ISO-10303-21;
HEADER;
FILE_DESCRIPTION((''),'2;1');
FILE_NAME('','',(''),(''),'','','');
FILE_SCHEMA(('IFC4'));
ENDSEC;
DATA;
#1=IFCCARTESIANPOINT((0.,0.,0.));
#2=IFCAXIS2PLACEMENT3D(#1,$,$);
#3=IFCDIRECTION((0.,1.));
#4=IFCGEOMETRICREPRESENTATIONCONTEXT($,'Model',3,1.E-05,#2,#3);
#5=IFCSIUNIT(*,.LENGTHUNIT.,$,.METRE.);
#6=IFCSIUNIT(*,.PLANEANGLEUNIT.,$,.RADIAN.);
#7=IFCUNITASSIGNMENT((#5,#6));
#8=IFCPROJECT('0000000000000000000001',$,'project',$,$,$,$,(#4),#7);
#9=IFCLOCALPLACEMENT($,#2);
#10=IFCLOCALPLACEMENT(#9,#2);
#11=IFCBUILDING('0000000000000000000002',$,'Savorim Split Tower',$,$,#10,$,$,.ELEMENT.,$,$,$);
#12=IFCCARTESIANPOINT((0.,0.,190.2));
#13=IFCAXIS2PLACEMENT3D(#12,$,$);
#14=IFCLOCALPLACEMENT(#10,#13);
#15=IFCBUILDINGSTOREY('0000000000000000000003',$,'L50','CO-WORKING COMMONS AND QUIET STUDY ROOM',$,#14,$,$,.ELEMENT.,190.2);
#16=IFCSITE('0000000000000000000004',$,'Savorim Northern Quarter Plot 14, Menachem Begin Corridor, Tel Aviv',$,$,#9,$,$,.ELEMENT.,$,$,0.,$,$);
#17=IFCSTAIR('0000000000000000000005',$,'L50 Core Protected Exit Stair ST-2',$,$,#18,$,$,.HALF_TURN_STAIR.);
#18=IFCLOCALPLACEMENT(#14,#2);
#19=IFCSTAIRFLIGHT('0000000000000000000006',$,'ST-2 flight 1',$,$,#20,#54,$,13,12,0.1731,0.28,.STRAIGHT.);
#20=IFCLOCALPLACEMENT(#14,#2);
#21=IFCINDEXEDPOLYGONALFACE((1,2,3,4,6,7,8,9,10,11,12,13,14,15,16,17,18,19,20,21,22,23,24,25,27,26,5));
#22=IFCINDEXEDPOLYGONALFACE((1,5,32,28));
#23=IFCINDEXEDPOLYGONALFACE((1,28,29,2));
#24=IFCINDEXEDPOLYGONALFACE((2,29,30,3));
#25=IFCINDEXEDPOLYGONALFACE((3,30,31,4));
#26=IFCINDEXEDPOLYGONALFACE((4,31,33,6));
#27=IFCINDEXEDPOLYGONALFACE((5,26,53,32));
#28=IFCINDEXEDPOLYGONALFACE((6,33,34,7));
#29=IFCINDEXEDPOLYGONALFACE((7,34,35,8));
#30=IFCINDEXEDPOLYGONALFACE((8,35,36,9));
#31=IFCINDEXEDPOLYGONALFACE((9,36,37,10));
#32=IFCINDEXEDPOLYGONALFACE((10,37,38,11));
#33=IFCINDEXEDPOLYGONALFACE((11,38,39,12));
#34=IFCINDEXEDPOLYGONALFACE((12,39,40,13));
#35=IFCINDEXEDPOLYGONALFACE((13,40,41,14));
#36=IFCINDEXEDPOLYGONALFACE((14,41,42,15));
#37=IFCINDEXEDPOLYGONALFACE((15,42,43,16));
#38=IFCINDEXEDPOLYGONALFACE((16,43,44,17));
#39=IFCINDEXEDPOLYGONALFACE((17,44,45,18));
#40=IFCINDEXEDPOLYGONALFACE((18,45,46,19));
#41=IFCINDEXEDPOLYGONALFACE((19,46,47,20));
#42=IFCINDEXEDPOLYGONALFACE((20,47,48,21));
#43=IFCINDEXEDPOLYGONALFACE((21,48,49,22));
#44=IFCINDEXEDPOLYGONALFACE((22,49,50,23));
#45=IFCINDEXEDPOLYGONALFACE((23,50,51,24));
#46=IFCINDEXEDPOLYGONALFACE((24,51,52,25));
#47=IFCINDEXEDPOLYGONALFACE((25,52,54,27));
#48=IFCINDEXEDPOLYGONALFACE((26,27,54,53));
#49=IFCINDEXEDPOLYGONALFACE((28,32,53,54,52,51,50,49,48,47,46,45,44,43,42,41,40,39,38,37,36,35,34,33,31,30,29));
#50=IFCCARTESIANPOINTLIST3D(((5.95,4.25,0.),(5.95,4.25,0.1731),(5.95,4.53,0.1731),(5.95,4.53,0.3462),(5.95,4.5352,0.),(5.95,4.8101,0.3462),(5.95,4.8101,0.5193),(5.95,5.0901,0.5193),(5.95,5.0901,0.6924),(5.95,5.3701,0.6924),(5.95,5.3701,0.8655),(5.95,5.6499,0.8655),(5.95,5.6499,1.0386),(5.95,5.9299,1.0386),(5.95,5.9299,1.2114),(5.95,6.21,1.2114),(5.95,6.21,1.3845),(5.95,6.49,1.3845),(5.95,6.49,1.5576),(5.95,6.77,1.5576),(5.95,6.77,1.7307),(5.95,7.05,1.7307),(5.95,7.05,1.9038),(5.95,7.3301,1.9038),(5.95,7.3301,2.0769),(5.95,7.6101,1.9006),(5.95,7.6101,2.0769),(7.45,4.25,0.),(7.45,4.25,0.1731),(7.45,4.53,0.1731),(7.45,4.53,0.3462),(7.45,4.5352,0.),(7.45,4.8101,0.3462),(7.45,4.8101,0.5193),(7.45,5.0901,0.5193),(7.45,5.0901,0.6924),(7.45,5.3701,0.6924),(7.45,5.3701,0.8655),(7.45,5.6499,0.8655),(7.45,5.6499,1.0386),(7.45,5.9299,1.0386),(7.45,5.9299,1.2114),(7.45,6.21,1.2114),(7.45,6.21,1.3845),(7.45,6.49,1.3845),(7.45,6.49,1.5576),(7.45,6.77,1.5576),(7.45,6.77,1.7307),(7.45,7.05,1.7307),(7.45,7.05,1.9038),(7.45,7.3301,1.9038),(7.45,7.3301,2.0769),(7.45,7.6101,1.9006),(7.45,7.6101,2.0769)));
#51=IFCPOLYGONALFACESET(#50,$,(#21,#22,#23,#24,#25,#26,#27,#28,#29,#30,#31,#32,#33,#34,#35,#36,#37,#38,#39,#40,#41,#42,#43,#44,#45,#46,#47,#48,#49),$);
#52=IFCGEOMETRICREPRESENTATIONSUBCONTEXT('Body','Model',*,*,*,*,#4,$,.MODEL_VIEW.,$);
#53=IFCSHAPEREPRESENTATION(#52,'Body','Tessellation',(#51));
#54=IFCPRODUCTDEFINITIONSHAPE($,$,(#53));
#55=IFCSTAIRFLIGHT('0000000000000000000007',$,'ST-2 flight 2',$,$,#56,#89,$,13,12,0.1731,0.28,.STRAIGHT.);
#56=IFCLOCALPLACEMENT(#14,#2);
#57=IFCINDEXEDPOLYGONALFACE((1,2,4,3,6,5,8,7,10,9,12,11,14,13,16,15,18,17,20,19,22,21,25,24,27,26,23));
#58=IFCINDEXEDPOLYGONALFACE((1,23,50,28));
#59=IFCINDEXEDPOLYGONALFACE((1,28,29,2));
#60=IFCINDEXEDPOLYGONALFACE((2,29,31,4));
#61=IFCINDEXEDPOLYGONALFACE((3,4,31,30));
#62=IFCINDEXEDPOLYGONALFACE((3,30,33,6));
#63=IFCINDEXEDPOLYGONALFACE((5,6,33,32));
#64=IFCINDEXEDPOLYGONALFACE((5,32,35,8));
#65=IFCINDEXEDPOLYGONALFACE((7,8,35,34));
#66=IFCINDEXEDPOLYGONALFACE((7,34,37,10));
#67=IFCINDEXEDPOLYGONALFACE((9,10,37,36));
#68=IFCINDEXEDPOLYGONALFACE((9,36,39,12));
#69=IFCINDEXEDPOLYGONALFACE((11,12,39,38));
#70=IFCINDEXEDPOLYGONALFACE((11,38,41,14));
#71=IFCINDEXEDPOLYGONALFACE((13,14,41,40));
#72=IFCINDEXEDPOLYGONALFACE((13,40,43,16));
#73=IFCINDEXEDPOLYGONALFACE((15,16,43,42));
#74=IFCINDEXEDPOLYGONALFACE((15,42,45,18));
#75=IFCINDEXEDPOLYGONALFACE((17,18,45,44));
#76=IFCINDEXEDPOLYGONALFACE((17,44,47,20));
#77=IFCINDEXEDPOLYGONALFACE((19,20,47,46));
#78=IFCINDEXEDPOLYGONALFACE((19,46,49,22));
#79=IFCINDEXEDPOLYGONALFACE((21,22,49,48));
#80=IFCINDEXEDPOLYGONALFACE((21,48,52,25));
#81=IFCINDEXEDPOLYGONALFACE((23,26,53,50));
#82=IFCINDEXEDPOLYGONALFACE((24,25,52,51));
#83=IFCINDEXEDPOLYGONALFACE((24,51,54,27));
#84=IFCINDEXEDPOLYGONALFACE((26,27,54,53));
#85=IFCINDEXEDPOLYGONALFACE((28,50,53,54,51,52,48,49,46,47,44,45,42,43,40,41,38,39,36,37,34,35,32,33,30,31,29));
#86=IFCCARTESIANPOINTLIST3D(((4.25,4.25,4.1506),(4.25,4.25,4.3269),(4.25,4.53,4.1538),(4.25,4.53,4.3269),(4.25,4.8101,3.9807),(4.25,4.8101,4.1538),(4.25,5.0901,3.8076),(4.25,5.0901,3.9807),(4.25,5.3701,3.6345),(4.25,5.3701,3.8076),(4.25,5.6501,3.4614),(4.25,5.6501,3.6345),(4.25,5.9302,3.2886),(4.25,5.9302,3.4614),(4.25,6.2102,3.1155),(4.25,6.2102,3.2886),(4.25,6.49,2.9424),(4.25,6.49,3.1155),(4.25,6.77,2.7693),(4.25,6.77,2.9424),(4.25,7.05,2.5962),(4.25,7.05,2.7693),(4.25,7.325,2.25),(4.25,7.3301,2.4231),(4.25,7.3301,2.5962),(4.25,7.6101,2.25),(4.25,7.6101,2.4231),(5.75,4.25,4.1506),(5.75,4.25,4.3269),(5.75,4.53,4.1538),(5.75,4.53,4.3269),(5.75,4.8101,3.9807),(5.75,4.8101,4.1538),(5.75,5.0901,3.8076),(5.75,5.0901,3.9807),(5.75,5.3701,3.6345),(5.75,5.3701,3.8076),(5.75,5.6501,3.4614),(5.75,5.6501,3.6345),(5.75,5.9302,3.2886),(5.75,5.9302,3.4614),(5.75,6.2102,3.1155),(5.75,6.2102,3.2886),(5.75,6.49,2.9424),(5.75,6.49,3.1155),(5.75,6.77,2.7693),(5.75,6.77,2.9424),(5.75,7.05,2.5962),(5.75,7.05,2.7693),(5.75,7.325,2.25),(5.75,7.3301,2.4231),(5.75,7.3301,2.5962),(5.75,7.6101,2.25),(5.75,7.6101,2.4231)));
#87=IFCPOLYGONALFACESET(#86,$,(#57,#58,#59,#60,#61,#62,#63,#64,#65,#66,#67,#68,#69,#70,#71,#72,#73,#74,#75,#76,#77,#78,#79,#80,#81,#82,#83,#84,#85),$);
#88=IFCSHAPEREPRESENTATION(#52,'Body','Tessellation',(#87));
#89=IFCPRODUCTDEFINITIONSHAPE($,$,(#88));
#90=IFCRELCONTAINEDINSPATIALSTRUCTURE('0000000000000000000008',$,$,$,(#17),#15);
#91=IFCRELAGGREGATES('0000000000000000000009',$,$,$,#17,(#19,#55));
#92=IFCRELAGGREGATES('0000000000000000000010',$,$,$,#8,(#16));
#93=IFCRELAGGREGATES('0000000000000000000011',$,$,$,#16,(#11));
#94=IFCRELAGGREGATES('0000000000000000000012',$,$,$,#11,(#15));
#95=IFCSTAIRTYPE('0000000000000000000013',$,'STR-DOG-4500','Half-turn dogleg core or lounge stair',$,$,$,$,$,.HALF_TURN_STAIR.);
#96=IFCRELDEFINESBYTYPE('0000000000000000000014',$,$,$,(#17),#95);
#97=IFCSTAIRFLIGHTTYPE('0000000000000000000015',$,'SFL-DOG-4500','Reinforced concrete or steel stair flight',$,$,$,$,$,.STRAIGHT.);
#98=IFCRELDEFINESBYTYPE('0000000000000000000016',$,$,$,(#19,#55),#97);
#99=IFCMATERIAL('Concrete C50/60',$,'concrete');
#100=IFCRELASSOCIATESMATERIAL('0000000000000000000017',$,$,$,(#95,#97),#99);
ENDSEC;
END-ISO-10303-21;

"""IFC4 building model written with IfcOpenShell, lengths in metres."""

from ifc_helpers import new_model, si_unit, direction, frame, origin, place, context, subcontext, project, spatial, polyline, outline, extrude, material, type_object, element, aggregate, save


model = new_model("IFC4")

# Units and contexts
model_context = context("Model", 3, precision=1e-05, world=origin(), true_north=direction((0.0, 1.0)))
body_context = subcontext(model_context, "Body", "Model", "MODEL_VIEW")
ifc_project = project(units=[si_unit("LENGTHUNIT", "METRE"), si_unit("PLANEANGLEUNIT", "RADIAN")], contexts=[model_context])

# Site, building, storey
site_placement = place(None, origin())
site = spatial("IfcSite", under=ifc_project, at=site_placement, Name="Savorim Northern Quarter Plot 14, Menachem Begin Corridor, Tel Aviv", CompositionType="ELEMENT", RefElevation=0.0)
building_placement = place(site_placement, origin())
building = spatial("IfcBuilding", under=site, at=building_placement, Name="Savorim Split Tower", CompositionType="ELEMENT")
storey_placement = place(building_placement, frame((0.0, 0.0, 190.2)))
storey = spatial("IfcBuildingStorey", under=building, at=storey_placement, Name="L50", Description="CO-WORKING COMMONS AND QUIET STUDY ROOM", CompositionType="ELEMENT", Elevation=190.2)

# Shared definitions
ifc_material_1 = material(Name="Concrete C50/60", Category="concrete")

# Stair, stair flights
stair_type = type_object("IfcStairType", Name="STR-DOG-4500", Description="Half-turn dogleg core or lounge stair", PredefinedType="HALF_TURN_STAIR", material=ifc_material_1)
stair_placement = place(storey_placement, origin())
stair = element("IfcStair", 1, at=stair_placement, inside=storey, type_object=stair_type, Name="L50 Core Protected Exit Stair ST-2", PredefinedType="HALF_TURN_STAIR")
stair_flight_type = type_object("IfcStairFlightType", Name="SFL-DOG-4500", Description="Reinforced concrete or steel stair flight", PredefinedType="STRAIGHT", material=ifc_material_1)
stair_flight_1_placement = place(storey_placement, frame((6.7, 4.25, 0.0), z_axis=(0.0, 0.0, 1.0), x_axis=(0.0, 1.0, 0.0)))
stair_flight_1 = element("IfcStairFlight", 2, at=stair_flight_1_placement, type_object=stair_flight_type, Name="ST-2 flight 1", NumberOfRisers=13, NumberOfTreads=12, PredefinedType="STRAIGHT", RiserHeight=0.1731, TreadLength=0.28, context=body_context, shape_type="SweptSolid", body=[
    extrude(outline(polyline([(0.0, 0.0), (0.0, 0.1731), (0.28, 0.1731), (0.28, 0.3462), (0.5601, 0.3462), (0.5601, 0.5193), (0.8401, 0.5193), (0.8401, 0.6924), (1.1201, 0.6924), (1.1201, 0.8655), (1.3999, 0.8655), (1.3999, 1.0386), (1.6799, 1.0386), (1.6799, 1.2114), (1.96, 1.2114), (1.96, 1.3845), (2.24, 1.3845), (2.24, 1.5576), (2.52, 1.5576), (2.52, 1.7307), (2.8, 1.7307), (2.8, 1.9038), (3.0801, 1.9038), (3.0801, 2.0769), (3.3601, 2.0769), (3.3601, 2.25), (3.3601, 1.9006), (0.2852, 0.0), (0.0, 0.0)])), frame((0.0, 0.75, 0.0), z_axis=(0.0, -1.0, 0.0), x_axis=(1.0, 0.0, 0.0)), (0.0, 0.0, 1.0), 1.5),
])
stair_flight_2_placement = place(storey_placement, frame((5.0, 7.6101, 2.25), z_axis=(0.0, 0.0, 1.0), x_axis=(0.0, -1.0, 0.0)))
stair_flight_2 = element("IfcStairFlight", 3, at=stair_flight_2_placement, type_object=stair_flight_type, Name="ST-2 flight 2", NumberOfRisers=13, NumberOfTreads=12, PredefinedType="STRAIGHT", RiserHeight=0.1731, TreadLength=0.28, context=body_context, shape_type="SweptSolid", body=[
    extrude(outline(polyline([(0.0, 0.0), (0.0, 0.1731), (0.28, 0.1731), (0.28, 0.3462), (0.5601, 0.3462), (0.5601, 0.5193), (0.8401, 0.5193), (0.8401, 0.6924), (1.1201, 0.6924), (1.1201, 0.8655), (1.3999, 0.8655), (1.3999, 1.0386), (1.6799, 1.0386), (1.6799, 1.2114), (1.96, 1.2114), (1.96, 1.3845), (2.24, 1.3845), (2.24, 1.5576), (2.52, 1.5576), (2.52, 1.7307), (2.8, 1.7307), (2.8, 1.9038), (3.0801, 1.9038), (3.0801, 2.0769), (3.3601, 2.0769), (3.3601, 2.25), (3.3601, 1.9006), (0.2852, 0.0), (0.0, 0.0)])), frame((0.0, 0.75, 0.0), z_axis=(0.0, -1.0, 0.0), x_axis=(1.0, 0.0, 0.0)), (0.0, 0.0, 1.0), 1.5),
])
aggregate(stair, [stair_flight_1, stair_flight_2])

save(model, "model.ifc")
